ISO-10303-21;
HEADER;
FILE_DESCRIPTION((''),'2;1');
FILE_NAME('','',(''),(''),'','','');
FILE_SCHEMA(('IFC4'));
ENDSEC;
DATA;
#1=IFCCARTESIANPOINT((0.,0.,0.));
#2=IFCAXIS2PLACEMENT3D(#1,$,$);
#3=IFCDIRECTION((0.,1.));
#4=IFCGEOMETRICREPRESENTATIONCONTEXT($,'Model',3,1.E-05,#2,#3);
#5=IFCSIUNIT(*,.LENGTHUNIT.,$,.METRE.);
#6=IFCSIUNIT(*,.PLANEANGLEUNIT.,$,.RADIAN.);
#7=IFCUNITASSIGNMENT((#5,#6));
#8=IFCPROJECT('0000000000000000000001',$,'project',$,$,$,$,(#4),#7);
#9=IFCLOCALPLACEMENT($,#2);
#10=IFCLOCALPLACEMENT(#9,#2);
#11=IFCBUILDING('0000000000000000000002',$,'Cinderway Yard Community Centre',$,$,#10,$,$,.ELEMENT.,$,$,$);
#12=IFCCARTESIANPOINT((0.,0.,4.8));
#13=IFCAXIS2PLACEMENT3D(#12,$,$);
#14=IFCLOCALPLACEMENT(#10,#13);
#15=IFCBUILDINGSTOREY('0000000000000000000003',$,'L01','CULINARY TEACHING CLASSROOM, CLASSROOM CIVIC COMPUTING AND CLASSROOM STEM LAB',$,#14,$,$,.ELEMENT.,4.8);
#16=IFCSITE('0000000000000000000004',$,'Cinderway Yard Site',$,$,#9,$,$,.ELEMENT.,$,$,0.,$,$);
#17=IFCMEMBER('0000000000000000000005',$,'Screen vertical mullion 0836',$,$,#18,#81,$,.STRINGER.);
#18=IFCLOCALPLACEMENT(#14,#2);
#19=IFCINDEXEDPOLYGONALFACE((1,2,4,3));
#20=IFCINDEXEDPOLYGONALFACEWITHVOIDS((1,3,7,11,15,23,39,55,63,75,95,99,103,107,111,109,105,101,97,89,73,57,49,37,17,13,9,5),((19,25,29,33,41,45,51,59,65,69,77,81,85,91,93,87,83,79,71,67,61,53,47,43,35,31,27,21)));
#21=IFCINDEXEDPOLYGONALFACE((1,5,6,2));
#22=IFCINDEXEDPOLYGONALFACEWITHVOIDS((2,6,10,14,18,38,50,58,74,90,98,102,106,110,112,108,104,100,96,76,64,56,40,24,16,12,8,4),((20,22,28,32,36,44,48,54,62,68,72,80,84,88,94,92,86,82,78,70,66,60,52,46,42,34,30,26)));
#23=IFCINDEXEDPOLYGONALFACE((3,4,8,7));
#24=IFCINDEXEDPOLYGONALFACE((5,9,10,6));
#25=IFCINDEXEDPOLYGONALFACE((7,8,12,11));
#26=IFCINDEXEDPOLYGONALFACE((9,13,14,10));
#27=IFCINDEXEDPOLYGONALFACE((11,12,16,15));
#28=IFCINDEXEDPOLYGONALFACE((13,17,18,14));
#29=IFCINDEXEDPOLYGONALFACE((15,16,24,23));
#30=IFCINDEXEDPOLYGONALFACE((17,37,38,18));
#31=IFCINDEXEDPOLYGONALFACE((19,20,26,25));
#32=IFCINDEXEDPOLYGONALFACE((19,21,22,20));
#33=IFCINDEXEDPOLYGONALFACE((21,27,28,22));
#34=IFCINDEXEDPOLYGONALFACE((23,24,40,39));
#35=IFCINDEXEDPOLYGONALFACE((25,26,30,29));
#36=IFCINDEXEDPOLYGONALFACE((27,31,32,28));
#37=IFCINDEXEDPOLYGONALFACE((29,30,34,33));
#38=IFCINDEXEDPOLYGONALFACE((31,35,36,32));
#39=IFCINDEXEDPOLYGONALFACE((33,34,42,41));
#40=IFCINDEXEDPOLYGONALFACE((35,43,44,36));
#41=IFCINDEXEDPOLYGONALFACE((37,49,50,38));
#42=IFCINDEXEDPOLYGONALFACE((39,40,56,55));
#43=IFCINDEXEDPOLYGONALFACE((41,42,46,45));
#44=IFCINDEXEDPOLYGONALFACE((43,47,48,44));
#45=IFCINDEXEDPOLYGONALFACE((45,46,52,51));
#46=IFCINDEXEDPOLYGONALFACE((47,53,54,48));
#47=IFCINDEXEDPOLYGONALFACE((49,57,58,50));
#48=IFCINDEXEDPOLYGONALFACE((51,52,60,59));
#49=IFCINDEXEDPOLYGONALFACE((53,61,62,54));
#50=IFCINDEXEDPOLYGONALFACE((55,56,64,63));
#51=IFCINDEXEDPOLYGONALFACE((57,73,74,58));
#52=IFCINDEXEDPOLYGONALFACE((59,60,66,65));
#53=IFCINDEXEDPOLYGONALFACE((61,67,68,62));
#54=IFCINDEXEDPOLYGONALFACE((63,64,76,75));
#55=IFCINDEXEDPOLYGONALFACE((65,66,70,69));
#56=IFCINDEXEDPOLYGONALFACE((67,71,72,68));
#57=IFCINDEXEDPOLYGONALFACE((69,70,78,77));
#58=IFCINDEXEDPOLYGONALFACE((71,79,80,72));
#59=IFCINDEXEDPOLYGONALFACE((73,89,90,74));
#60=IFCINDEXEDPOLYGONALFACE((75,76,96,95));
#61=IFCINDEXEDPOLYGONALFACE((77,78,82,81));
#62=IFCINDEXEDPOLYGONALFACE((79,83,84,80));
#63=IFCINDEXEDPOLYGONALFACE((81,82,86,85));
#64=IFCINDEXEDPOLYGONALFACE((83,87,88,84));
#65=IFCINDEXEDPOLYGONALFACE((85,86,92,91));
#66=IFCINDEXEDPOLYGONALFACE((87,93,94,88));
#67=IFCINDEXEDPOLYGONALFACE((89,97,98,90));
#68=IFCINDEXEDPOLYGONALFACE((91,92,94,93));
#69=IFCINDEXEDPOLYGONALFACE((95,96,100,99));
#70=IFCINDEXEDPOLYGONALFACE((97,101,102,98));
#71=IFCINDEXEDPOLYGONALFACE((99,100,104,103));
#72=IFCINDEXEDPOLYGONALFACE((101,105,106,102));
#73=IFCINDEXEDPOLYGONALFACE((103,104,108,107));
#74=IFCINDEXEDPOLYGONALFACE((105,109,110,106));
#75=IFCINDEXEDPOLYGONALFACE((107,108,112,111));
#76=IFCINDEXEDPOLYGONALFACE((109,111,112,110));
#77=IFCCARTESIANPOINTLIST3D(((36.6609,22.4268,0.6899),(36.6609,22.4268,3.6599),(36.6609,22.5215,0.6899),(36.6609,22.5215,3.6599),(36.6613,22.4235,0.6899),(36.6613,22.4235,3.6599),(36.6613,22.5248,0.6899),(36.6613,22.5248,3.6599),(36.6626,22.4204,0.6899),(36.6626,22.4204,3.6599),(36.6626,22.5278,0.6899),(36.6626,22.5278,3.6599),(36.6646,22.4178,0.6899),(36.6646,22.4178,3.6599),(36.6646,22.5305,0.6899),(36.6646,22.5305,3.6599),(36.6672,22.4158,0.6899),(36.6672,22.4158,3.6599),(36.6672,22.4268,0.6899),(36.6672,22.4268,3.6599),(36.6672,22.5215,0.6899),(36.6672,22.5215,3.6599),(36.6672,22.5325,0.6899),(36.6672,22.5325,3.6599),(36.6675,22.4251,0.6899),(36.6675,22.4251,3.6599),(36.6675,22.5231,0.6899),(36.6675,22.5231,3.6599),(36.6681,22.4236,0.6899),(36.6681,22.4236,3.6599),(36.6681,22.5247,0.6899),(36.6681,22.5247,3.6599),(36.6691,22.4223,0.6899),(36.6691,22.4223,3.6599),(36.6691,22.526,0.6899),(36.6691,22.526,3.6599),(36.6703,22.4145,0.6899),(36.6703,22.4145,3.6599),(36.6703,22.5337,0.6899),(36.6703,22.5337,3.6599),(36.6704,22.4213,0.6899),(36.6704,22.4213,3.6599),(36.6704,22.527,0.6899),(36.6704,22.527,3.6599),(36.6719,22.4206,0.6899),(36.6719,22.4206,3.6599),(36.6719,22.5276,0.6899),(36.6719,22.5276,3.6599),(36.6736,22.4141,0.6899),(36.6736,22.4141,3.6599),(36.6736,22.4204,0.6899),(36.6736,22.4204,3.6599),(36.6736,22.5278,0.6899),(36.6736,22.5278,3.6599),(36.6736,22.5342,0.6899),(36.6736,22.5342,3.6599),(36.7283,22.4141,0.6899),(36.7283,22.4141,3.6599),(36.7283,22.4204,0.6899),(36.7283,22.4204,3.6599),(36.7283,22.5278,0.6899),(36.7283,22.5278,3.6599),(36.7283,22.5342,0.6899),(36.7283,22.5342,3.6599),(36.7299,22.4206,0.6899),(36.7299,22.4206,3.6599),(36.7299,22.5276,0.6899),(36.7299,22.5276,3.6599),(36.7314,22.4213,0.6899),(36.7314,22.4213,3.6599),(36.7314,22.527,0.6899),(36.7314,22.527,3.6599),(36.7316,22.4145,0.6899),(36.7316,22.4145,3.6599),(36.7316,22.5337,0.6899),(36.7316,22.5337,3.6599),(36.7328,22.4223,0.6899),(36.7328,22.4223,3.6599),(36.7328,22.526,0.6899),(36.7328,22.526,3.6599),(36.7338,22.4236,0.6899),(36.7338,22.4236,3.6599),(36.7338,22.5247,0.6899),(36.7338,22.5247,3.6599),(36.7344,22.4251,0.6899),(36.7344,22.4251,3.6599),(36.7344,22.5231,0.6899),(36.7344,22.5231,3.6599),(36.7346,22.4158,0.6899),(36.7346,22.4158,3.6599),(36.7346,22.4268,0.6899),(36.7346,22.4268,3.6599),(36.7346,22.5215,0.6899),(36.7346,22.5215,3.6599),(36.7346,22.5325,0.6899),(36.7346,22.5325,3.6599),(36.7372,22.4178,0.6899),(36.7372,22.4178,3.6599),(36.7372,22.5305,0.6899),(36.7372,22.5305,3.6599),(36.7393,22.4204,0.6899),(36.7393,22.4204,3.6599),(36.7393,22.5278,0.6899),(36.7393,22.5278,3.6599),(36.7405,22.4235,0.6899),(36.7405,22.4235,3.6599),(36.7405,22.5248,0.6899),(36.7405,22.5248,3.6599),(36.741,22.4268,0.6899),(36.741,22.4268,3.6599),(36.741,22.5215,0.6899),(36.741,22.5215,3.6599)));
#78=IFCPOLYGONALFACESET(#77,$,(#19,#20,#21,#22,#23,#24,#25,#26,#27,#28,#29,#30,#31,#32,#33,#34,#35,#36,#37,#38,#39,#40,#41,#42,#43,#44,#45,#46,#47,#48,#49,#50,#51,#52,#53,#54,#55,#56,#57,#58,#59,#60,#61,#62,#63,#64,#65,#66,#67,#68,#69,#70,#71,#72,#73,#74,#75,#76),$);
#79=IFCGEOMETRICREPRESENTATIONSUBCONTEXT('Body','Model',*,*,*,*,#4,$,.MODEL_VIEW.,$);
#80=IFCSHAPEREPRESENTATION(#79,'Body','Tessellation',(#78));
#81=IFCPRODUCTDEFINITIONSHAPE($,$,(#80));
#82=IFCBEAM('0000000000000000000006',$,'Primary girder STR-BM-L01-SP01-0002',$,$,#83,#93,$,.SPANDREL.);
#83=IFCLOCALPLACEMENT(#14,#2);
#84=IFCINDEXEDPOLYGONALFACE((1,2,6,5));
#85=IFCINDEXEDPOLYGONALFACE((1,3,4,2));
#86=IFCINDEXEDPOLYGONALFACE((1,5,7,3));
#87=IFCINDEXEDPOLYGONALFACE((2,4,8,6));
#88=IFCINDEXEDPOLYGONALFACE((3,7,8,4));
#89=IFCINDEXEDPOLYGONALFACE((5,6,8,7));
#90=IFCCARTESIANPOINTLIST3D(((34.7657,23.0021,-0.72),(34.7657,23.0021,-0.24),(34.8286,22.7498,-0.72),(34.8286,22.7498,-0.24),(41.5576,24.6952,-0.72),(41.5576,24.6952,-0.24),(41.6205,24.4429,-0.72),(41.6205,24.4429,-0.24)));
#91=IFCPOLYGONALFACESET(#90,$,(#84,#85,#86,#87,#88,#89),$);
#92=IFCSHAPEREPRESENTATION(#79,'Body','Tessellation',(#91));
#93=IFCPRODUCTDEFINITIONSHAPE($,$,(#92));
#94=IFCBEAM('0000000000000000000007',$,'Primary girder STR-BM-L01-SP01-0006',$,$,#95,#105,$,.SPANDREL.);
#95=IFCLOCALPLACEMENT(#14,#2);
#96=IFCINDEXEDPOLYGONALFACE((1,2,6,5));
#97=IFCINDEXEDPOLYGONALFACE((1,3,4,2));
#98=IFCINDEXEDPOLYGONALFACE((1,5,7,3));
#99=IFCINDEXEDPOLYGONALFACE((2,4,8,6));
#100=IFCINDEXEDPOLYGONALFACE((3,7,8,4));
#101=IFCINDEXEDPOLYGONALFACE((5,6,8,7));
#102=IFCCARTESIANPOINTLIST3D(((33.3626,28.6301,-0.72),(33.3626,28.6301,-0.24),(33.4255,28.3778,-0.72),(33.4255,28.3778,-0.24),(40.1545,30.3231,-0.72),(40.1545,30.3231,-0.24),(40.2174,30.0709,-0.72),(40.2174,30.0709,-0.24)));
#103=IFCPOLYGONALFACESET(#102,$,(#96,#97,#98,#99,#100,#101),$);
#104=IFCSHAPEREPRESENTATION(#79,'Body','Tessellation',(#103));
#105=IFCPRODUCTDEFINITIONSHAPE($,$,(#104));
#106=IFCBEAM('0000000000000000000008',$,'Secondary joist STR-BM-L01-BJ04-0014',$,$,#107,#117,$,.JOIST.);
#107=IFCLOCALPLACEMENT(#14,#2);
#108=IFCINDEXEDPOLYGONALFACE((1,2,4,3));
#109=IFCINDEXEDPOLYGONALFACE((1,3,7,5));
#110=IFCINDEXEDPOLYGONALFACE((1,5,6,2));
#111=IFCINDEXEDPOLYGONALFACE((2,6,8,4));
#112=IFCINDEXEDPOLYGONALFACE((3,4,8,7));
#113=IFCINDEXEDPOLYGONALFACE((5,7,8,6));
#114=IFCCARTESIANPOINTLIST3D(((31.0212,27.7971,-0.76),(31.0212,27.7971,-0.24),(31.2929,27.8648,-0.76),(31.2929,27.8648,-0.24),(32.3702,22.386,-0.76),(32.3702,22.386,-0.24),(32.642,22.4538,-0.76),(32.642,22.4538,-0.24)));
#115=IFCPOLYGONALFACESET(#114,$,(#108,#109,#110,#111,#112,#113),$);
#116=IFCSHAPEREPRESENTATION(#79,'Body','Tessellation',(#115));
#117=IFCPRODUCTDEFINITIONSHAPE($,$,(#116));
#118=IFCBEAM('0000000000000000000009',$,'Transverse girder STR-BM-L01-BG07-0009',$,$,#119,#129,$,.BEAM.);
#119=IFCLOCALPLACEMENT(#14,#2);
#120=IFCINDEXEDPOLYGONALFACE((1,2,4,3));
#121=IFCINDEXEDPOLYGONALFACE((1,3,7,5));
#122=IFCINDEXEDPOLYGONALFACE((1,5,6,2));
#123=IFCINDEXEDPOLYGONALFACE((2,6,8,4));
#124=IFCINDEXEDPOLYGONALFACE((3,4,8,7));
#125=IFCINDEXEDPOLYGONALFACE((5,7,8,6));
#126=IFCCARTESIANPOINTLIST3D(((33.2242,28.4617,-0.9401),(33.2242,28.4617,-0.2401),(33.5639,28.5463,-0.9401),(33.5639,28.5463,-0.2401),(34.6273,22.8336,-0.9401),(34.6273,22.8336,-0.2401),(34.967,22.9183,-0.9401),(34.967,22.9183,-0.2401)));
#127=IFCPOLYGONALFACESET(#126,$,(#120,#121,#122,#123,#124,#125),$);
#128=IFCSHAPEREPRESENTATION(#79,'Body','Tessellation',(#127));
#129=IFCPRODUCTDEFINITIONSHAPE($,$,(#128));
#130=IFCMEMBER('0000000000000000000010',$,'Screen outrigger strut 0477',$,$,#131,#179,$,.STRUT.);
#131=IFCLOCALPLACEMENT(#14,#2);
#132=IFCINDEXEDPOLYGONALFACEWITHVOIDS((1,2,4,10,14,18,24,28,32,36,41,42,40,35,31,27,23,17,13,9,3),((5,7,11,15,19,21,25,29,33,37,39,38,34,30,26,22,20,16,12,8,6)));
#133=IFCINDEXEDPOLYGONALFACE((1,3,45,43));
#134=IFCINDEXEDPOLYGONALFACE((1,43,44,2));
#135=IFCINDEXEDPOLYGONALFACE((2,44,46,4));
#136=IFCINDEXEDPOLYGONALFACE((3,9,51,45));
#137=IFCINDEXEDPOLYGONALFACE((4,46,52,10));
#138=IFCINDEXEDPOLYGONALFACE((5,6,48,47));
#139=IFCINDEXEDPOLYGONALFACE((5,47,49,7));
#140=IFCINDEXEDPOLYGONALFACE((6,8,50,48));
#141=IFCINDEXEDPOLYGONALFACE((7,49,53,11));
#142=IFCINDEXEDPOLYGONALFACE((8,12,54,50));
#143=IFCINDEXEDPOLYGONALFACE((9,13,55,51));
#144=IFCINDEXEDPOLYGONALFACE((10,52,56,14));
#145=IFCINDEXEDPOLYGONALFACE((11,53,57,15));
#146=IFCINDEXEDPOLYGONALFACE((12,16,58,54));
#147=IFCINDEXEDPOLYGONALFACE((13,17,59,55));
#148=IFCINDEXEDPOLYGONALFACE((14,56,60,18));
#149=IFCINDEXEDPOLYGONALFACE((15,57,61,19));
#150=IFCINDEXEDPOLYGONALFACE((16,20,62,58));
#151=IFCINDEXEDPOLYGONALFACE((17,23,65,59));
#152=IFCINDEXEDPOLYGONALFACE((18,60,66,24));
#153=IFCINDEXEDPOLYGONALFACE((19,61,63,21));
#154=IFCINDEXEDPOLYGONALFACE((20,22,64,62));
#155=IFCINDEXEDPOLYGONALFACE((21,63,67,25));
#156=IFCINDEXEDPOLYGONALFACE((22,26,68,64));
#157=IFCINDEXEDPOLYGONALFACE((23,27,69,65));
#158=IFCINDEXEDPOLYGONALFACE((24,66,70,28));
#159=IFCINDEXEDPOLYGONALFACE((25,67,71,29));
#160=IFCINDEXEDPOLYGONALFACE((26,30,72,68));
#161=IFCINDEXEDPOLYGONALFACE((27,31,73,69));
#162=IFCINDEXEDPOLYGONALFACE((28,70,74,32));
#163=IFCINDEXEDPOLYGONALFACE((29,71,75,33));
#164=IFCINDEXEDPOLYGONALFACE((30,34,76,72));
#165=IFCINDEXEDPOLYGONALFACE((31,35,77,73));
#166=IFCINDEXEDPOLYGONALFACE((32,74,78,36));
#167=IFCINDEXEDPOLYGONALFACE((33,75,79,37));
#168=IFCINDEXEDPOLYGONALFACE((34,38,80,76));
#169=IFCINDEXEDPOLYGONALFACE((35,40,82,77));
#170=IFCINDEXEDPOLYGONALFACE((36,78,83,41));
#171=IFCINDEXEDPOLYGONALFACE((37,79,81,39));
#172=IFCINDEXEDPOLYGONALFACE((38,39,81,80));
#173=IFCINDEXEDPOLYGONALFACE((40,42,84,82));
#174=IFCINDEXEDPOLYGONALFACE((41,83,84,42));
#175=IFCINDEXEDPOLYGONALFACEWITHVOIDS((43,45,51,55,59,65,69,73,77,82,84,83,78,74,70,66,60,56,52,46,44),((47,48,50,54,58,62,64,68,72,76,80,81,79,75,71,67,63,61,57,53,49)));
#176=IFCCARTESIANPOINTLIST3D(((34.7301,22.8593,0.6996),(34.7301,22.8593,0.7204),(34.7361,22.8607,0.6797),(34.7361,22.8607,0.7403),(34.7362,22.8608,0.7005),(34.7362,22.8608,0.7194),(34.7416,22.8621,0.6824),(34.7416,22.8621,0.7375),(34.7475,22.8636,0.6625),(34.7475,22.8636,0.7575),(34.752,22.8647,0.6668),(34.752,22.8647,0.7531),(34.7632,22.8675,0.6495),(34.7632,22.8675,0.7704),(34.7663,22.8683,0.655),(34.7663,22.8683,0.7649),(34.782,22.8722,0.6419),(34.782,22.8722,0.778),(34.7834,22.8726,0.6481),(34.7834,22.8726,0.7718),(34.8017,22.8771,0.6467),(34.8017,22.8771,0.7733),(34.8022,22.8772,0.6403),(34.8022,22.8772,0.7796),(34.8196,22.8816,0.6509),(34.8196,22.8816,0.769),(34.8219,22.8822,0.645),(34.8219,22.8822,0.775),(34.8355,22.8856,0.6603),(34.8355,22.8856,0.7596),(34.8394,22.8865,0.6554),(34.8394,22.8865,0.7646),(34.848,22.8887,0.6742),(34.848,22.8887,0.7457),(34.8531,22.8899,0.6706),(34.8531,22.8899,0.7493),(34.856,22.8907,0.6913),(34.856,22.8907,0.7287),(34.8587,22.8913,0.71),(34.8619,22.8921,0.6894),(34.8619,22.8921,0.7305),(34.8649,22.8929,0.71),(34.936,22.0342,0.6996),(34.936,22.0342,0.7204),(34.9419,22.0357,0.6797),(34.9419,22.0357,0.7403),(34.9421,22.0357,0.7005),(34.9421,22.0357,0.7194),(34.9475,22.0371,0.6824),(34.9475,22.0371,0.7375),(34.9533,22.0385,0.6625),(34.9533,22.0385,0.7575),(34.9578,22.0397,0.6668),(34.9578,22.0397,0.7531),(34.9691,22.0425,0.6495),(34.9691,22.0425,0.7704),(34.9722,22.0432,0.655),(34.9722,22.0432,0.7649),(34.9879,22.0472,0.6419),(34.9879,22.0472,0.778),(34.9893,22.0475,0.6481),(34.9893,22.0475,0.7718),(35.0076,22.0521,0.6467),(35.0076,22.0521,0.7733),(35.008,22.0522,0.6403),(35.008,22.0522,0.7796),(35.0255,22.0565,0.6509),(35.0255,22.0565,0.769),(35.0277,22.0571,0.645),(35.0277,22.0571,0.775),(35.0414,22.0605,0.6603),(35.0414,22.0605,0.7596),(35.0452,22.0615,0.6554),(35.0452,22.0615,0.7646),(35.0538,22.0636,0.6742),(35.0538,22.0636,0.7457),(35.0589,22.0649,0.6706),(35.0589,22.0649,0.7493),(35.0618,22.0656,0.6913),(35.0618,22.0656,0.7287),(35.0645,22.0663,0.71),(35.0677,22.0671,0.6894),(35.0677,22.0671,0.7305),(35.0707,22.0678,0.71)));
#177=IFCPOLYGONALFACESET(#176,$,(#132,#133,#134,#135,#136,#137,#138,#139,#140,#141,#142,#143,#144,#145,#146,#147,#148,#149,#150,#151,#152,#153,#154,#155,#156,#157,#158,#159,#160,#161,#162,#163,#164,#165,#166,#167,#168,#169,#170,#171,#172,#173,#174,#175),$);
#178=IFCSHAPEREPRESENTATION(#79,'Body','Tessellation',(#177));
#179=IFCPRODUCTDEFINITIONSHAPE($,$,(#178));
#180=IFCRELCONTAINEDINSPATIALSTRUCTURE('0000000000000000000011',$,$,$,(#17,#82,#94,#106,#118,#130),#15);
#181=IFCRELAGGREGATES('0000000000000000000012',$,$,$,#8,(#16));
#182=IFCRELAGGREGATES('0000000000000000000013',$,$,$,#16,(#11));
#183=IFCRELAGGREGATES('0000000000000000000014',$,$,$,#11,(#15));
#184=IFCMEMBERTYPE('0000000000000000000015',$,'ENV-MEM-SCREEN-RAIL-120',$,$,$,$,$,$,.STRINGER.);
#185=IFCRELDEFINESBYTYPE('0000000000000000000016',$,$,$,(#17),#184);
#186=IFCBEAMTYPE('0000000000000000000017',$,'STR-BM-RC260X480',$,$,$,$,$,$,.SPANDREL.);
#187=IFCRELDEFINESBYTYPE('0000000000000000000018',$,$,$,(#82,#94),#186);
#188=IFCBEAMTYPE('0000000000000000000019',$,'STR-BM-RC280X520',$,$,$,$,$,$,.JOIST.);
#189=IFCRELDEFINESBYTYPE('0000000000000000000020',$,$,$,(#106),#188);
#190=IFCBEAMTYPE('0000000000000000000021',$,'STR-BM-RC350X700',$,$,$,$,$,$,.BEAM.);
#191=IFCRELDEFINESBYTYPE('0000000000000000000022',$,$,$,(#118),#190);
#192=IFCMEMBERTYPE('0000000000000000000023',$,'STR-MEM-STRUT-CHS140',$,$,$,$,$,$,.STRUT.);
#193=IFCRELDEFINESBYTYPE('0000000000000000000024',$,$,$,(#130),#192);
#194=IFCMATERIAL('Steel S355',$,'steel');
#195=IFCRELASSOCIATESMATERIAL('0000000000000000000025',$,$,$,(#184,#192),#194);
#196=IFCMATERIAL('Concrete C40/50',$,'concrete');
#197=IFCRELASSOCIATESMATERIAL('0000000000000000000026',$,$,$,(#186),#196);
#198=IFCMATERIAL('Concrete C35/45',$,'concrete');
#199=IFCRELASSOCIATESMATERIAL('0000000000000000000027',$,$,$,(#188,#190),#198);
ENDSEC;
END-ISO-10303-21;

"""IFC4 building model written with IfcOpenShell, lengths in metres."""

from ifc_helpers import new_model, si_unit, direction, frame, origin, origin_2d, place, context, subcontext, project, spatial, rectangle, hollow_rectangle, hollow_circle, extrude, material, material_profile, profile_set, type_object, element, save


model = new_model("IFC4")

# Units and contexts
model_context = context("Model", 3, precision=1e-05, world=origin(), true_north=direction((0.0, 1.0)))
body_context = subcontext(model_context, "Body", "Model", "MODEL_VIEW")
ifc_project = project(units=[si_unit("LENGTHUNIT", "METRE"), si_unit("PLANEANGLEUNIT", "RADIAN")], contexts=[model_context])

# Site, building, storey
site_placement = place(None, origin())
site = spatial("IfcSite", under=ifc_project, at=site_placement, Name="Cinderway Yard Site", CompositionType="ELEMENT", RefElevation=0.0)
building_placement = place(site_placement, origin())
building = spatial("IfcBuilding", under=site, at=building_placement, Name="Cinderway Yard Community Centre", CompositionType="ELEMENT")
storey_placement = place(building_placement, frame((0.0, 0.0, 4.8)))
storey = spatial("IfcBuildingStorey", under=building, at=storey_placement, Name="L01", Description="CULINARY TEACHING CLASSROOM, CLASSROOM CIVIC COMPUTING AND CLASSROOM STEM LAB", CompositionType="ELEMENT", Elevation=4.8)

# Shared definitions
ifc_material_1 = material(Name="Concrete C40/50", Category="concrete")

# Member
ifc_material_2 = material(Name="Steel S355", Category="steel")
ifc_material_profile_1 = material_profile(ifc_material_2, hollow_rectangle(XDim=0.0801, YDim=0.1201, WallThickness=0.0063, InnerFilletRadius=0.0063, OuterFilletRadius=0.0127, at=origin_2d()), Name="Steel S355")
ifc_profile_set_1 = profile_set([ifc_material_profile_1], Name="Steel S355")
member_type_1 = type_object("IfcMemberType", Name="ENV-MEM-SCREEN-RAIL-120", PredefinedType="STRINGER", material=ifc_profile_set_1)
member_1_placement = place(storey_placement, frame((36.7009, 22.4741, 0.6899), z_axis=(0.0, 0.0, 1.0), x_axis=(1.0, 0.0, 0.0)))
element("IfcMember", 1, at=member_1_placement, inside=storey, type_object=member_type_1, Name="Screen vertical mullion 0836", PredefinedType="STRINGER", context=body_context, shape_type="SweptSolid", body=[
    extrude(hollow_rectangle(XDim=0.0801, YDim=0.1201, WallThickness=0.0063, InnerFilletRadius=0.0063, OuterFilletRadius=0.0127, at=origin_2d()), origin(), (0.0, 0.0, 1.0), 2.97),
])

# Beams
ifc_material_profile_2 = material_profile(ifc_material_1, rectangle(XDim=0.26, YDim=0.48, at=origin_2d()), Name="Concrete C40/50")
ifc_profile_set_2 = profile_set([ifc_material_profile_2], Name="Concrete C40/50")
beam_type_1 = type_object("IfcBeamType", Name="STR-BM-RC260X480", PredefinedType="SPANDREL", material=ifc_profile_set_2)
for number, where, z_axis, x_axis, name in (
    (2, (34.7971, 22.876, -0.48), (0.970306, 0.241879, 0.0), (-0.241879, 0.970306, 0.0), "Primary girder STR-BM-L01-SP01-0002"),
    (3, (33.394, 28.5039, -0.48), (0.970306, 0.241879, 0.0), (-0.241879, 0.970306, 0.0), "Primary girder STR-BM-L01-SP01-0006"),
):
    element("IfcBeam", number, at=place(storey_placement, frame(where, z_axis=z_axis, x_axis=x_axis)), inside=storey, type_object=beam_type_1, Name=name, PredefinedType="SPANDREL", context=body_context, shape_type="SweptSolid", body=[
        extrude(rectangle(XDim=0.26, YDim=0.48, at=origin_2d()), origin(), (0.0, 0.0, 1.0), 6.9998),
    ])
ifc_material_3 = material(Name="Concrete C35/45", Category="concrete")
ifc_material_profile_3 = material_profile(ifc_material_3, rectangle(XDim=0.28, YDim=0.52, at=origin_2d()), Name="Concrete C35/45")
ifc_profile_set_3 = profile_set([ifc_material_profile_3], Name="Concrete C35/45")
beam_type_2 = type_object("IfcBeamType", Name="STR-BM-RC280X520", PredefinedType="JOIST", material=ifc_profile_set_3)
beam_1_placement = place(storey_placement, frame((32.5061, 22.4199, -0.5), z_axis=(-0.241918, 0.970297, 0.0), x_axis=(-0.970297, -0.241918, 0.0)))
element("IfcBeam", 4, at=beam_1_placement, inside=storey, type_object=beam_type_2, Name="Secondary joist STR-BM-L01-BJ04-0014", PredefinedType="JOIST", context=body_context, shape_type="SweptSolid", body=[
    extrude(rectangle(XDim=0.28, YDim=0.52, at=origin_2d()), origin(), (0.0, 0.0, 1.0), 5.5767),
])
ifc_material_profile_4 = material_profile(ifc_material_3, rectangle(XDim=0.3501, YDim=0.7, at=origin_2d()), Name="Concrete C35/45")
ifc_profile_set_4 = profile_set([ifc_material_profile_4], Name="Concrete C35/45")
beam_type_3 = type_object("IfcBeamType", Name="STR-BM-RC350X700", PredefinedType="BEAM", material=ifc_profile_set_4)
beam_2_placement = place(storey_placement, frame((34.7971, 22.876, -0.5901), z_axis=(-0.241902, 0.970301, 0.0), x_axis=(-0.970301, -0.241902, 0.0)))
element("IfcBeam", 5, at=beam_2_placement, inside=storey, type_object=beam_type_3, Name="Transverse girder STR-BM-L01-BG07-0009", PredefinedType="BEAM", context=body_context, shape_type="SweptSolid", body=[
    extrude(rectangle(XDim=0.3501, YDim=0.7, at=origin_2d()), origin(), (0.0, 0.0, 1.0), 5.8003),
])

# Member
ifc_material_profile_5 = material_profile(ifc_material_2, hollow_circle(Radius=0.0698, WallThickness=0.0063, at=origin_2d()), Name="Steel S355")
ifc_profile_set_5 = profile_set([ifc_material_profile_5], Name="Steel S355")
member_type_2 = type_object("IfcMemberType", Name="STR-MEM-STRUT-CHS140", PredefinedType="STRUT", material=ifc_profile_set_5)
for number, where, z_axis, x_axis, name in (
    (6, (34.7971, 22.876, 0.71), (0.242063, -0.970261, 0.0), (0.970261, 0.242063, 0.0), "Screen outrigger strut 0477"),
):
    element("IfcMember", number, at=place(storey_placement, frame(where, z_axis=z_axis, x_axis=x_axis)), inside=storey, type_object=member_type_2, Name=name, PredefinedType="STRUT", context=body_context, shape_type="SweptSolid", body=[
        extrude(hollow_circle(Radius=0.0698, WallThickness=0.0063, at=origin_2d()), origin(), (0.0, 0.0, 1.0), 0.8503),
    ])

save(model, "model.ifc")
